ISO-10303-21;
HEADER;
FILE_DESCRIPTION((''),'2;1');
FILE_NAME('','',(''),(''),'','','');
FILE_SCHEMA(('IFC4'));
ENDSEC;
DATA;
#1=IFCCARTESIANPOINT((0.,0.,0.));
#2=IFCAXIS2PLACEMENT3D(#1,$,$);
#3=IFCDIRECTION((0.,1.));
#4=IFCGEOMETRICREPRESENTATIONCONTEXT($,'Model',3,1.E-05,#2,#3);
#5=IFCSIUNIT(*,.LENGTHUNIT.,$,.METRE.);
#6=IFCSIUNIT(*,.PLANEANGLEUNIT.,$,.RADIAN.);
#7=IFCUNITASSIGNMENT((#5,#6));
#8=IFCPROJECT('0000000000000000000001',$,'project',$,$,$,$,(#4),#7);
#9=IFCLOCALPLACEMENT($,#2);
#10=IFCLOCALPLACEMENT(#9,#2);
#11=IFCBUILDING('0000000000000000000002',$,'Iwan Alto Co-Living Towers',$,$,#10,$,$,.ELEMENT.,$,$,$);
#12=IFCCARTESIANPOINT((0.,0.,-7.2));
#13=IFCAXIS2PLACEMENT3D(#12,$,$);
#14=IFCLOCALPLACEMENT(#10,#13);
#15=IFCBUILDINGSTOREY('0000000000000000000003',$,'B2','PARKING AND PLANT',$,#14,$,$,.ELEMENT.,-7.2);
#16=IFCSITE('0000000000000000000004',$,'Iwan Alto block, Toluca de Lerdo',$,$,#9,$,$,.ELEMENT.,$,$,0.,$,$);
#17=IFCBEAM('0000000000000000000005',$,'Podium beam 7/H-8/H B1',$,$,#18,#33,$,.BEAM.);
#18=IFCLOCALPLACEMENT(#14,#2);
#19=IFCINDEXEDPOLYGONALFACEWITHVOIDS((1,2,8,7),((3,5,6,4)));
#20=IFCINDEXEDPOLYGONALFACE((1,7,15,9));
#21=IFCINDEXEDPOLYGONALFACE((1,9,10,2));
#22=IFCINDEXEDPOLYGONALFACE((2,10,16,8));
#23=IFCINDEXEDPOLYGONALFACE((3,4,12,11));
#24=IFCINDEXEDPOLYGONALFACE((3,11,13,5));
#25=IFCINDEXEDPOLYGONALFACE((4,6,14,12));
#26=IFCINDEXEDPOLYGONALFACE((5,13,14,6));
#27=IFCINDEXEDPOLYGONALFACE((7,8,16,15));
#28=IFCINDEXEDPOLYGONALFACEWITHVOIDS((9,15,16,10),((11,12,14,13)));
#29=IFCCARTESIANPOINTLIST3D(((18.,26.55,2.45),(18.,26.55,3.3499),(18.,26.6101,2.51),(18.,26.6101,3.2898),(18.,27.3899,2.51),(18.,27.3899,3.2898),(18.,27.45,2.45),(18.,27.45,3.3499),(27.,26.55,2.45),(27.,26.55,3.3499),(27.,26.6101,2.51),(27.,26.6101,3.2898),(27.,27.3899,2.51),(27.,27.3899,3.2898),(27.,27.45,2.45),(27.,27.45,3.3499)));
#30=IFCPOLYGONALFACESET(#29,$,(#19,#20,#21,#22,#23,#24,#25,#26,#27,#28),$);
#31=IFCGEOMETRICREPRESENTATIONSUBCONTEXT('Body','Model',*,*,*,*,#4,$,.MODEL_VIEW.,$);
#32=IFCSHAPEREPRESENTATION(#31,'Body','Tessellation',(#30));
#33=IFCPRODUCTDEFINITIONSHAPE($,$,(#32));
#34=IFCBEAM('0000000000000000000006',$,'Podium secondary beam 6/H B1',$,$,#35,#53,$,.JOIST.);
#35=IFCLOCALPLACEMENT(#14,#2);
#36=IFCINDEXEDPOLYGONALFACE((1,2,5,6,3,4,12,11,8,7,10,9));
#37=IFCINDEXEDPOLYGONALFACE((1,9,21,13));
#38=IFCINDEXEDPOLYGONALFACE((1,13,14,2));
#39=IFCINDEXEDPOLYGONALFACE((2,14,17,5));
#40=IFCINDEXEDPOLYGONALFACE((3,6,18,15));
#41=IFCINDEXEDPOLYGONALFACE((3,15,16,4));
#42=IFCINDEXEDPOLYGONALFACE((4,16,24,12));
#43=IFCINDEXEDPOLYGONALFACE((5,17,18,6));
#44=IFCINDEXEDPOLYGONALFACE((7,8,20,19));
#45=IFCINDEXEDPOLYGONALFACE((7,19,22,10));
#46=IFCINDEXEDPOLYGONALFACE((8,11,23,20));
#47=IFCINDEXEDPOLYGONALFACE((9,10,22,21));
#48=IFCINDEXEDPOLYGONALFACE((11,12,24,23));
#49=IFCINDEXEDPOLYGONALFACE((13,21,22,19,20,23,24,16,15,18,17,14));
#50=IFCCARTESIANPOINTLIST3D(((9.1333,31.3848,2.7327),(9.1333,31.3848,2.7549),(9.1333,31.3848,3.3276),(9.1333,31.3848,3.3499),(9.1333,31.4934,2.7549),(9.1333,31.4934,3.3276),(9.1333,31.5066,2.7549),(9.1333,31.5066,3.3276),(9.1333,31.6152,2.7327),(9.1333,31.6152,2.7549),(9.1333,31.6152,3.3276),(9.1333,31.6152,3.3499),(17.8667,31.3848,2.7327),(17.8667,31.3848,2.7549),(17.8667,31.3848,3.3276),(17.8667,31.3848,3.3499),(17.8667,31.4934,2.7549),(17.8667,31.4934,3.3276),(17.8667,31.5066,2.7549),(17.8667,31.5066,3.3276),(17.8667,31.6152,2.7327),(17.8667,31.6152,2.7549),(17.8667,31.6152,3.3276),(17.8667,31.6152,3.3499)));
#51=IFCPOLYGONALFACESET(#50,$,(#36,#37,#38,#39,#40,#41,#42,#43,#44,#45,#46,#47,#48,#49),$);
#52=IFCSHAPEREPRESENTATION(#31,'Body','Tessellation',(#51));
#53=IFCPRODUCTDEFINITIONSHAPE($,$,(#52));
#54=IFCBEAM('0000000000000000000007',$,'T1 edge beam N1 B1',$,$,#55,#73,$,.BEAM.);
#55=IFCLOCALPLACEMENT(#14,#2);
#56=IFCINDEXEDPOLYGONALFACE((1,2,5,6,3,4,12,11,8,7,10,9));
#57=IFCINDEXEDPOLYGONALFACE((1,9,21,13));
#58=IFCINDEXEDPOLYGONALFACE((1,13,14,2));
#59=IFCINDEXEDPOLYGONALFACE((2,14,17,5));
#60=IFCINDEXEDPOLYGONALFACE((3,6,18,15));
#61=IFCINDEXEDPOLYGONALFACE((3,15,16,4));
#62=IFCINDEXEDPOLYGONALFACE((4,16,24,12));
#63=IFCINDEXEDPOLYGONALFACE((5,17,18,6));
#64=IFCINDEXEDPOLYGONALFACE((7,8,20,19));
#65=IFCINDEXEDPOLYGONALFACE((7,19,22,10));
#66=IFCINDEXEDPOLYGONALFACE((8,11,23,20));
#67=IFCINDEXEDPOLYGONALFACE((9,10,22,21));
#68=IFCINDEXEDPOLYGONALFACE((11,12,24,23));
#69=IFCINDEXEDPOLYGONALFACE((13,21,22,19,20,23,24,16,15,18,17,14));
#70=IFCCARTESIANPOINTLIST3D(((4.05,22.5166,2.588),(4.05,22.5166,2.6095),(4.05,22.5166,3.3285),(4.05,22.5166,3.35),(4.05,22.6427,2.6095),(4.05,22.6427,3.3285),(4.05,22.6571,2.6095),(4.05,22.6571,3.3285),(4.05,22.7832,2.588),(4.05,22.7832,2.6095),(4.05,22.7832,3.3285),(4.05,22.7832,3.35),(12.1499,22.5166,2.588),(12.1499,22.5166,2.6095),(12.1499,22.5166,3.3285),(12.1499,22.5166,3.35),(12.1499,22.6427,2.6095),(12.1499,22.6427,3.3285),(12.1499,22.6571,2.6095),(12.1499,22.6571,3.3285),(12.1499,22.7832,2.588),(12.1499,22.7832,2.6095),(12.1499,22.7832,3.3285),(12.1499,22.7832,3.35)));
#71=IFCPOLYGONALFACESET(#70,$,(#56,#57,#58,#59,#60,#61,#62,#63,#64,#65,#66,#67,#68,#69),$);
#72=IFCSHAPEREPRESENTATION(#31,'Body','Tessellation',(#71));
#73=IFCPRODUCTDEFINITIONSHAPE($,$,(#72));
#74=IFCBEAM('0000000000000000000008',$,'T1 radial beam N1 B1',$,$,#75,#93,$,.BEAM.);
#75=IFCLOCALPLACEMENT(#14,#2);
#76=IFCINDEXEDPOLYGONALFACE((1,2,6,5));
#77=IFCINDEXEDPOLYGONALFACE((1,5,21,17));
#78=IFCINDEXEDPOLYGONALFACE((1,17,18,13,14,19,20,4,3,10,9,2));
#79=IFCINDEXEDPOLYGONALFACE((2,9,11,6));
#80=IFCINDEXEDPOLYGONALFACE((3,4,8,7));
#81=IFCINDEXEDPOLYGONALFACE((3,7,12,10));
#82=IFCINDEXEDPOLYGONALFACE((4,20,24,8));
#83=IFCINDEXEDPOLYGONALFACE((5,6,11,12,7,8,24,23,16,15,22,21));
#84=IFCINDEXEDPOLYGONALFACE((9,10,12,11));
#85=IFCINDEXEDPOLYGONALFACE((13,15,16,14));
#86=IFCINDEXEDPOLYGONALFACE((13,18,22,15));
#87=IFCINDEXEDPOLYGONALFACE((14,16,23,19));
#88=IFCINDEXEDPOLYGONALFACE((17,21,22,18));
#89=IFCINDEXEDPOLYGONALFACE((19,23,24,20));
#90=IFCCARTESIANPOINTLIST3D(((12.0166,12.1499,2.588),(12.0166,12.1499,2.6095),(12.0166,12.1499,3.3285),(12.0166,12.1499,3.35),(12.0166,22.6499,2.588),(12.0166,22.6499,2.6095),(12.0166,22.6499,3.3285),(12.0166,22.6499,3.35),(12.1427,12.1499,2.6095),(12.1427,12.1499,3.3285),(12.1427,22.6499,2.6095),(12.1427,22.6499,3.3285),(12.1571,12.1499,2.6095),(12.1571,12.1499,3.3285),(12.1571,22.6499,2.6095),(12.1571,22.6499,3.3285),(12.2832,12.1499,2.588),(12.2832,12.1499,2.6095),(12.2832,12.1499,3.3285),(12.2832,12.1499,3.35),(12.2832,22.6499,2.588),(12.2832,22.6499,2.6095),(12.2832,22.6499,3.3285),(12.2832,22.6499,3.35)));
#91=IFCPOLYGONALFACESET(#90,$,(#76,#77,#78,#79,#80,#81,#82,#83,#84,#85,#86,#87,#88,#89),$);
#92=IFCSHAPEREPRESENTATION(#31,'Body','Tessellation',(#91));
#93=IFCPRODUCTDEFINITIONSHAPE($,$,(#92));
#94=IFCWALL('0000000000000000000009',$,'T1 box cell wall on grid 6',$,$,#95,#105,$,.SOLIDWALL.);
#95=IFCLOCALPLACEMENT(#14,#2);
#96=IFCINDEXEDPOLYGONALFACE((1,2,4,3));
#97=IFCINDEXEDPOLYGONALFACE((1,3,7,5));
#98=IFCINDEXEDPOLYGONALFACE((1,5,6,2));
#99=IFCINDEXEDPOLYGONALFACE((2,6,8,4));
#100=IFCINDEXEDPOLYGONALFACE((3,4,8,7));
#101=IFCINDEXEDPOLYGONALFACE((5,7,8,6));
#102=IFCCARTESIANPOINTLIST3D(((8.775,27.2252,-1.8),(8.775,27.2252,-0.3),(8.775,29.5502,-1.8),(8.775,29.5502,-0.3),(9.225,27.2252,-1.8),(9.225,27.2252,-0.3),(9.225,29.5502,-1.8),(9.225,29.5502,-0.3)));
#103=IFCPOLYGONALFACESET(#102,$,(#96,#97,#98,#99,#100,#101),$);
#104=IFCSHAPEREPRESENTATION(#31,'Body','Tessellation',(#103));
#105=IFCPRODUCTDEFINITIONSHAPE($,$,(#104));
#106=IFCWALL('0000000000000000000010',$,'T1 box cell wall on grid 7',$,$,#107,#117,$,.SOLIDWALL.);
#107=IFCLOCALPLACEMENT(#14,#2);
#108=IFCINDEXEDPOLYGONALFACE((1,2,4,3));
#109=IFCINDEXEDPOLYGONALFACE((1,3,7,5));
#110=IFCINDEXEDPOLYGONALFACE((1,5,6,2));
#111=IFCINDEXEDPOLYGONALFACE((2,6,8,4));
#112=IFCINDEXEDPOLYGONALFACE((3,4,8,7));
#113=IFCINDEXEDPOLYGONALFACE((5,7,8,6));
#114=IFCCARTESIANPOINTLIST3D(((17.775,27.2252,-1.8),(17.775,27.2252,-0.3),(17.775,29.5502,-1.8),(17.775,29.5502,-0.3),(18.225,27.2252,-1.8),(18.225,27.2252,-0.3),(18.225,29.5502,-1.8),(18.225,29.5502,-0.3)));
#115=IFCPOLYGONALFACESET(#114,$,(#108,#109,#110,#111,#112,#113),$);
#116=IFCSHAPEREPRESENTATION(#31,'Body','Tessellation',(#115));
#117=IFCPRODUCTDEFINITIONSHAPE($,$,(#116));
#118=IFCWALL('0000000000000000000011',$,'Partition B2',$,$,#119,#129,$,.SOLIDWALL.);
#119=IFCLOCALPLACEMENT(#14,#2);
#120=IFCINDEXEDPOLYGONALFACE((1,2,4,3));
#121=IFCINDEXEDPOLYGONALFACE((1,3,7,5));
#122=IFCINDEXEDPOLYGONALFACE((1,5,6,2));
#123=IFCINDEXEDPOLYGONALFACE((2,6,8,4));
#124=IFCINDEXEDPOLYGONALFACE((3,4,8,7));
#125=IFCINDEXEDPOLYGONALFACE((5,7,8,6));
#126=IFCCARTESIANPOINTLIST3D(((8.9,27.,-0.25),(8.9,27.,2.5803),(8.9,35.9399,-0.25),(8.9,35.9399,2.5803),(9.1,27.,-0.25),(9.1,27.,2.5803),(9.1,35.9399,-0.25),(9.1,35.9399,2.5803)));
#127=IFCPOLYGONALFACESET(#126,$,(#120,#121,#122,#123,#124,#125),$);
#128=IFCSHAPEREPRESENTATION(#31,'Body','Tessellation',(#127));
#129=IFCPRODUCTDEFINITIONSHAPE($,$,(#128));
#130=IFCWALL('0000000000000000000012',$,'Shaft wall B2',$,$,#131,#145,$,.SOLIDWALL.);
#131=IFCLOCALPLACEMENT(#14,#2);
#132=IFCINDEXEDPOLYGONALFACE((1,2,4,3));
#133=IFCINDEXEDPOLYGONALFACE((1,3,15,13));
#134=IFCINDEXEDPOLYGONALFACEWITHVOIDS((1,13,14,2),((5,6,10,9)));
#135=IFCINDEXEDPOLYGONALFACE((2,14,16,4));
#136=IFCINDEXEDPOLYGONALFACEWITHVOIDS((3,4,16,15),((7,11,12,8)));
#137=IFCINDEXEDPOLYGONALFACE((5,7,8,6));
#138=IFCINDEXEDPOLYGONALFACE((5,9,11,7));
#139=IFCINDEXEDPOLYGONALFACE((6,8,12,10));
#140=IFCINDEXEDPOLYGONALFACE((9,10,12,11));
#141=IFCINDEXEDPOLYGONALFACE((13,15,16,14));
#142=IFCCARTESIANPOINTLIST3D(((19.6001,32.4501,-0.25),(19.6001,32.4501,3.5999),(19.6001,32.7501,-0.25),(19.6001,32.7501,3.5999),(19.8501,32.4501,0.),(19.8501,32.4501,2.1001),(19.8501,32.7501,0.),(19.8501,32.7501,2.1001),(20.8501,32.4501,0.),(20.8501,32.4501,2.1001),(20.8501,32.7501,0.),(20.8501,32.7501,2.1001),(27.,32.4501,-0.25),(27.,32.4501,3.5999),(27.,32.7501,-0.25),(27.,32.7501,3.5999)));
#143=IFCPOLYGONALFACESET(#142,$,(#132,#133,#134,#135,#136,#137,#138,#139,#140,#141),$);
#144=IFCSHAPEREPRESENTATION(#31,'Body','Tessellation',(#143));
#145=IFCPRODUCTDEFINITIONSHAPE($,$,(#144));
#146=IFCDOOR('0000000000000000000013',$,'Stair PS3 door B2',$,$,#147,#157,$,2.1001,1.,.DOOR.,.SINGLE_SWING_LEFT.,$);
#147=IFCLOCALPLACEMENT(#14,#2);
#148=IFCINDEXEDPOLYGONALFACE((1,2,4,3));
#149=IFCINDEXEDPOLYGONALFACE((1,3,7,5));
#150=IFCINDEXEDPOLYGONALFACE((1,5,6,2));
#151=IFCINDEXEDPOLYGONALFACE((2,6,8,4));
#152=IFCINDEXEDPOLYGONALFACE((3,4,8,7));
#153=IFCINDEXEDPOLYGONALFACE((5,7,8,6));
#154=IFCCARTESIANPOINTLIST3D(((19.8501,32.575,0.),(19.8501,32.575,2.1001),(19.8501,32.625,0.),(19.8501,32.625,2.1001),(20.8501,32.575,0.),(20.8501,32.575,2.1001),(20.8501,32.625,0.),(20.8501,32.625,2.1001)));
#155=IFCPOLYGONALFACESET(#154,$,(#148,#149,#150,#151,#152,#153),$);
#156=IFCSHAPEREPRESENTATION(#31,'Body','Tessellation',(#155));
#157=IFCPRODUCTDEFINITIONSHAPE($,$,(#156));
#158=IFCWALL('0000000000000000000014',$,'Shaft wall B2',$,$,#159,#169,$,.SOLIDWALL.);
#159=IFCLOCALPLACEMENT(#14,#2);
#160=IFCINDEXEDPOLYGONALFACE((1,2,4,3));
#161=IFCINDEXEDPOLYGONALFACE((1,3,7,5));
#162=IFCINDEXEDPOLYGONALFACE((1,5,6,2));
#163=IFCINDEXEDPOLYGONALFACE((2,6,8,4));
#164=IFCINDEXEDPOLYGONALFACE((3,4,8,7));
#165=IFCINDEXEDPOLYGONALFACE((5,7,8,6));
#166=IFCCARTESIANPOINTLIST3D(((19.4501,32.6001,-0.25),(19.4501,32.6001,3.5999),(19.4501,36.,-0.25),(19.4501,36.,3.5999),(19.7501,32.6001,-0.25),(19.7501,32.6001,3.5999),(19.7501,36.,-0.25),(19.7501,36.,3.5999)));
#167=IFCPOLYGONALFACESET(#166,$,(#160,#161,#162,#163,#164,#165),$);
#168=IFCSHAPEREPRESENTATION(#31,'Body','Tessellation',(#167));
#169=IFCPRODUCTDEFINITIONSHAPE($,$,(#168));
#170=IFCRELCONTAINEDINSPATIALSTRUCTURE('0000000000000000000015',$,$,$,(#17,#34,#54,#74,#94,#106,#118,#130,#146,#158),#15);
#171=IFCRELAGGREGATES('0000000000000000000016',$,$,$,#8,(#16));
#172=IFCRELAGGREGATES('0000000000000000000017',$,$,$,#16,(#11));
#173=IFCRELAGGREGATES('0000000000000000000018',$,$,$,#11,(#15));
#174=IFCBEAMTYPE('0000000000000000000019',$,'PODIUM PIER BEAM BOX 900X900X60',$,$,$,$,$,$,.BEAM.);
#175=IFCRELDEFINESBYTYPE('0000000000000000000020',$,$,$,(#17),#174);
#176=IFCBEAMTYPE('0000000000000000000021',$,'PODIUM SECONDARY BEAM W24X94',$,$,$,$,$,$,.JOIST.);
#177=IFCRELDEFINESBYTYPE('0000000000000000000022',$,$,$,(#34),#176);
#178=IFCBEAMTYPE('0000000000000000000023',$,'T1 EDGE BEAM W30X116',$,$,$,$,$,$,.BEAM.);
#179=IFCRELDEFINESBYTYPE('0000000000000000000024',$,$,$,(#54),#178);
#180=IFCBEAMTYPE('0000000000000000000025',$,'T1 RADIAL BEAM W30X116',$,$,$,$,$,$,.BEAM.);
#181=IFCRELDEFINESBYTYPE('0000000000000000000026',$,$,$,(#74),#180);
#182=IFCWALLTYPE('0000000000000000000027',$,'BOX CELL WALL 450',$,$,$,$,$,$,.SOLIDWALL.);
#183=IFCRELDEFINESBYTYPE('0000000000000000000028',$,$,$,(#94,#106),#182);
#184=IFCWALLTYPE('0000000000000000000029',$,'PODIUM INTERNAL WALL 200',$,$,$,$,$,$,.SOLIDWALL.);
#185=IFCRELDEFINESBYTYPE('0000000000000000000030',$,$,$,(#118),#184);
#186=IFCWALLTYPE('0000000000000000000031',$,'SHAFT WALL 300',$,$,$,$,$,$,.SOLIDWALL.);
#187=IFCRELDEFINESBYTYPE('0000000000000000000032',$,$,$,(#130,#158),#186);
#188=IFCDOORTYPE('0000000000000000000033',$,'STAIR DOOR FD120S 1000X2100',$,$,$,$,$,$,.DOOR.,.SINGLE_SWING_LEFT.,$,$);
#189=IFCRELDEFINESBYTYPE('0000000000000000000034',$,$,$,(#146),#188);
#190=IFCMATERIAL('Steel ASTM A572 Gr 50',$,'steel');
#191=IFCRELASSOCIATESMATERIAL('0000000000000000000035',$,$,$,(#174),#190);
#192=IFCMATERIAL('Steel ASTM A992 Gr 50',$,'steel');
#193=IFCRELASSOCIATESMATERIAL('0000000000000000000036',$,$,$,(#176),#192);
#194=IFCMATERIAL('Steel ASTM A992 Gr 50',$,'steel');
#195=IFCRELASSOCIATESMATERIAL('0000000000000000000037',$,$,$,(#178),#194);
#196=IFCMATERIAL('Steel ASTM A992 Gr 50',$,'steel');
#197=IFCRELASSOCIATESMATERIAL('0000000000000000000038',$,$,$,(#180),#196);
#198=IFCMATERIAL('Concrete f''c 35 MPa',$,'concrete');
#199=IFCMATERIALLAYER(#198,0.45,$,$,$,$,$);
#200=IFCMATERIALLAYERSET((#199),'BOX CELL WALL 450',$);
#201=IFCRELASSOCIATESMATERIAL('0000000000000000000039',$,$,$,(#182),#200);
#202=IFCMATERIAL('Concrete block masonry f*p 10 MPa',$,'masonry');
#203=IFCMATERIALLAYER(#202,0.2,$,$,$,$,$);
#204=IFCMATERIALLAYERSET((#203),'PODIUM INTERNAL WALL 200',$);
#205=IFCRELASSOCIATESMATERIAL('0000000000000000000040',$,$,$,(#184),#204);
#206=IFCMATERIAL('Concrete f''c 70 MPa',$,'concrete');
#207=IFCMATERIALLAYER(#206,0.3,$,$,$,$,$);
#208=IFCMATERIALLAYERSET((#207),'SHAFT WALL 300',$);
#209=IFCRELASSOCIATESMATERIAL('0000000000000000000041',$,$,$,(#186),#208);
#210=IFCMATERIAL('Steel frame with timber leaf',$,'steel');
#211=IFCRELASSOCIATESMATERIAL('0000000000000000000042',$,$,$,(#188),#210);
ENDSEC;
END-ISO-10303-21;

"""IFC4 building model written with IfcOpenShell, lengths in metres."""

from ifc_helpers import new_model, si_unit, direction, frame, frame_2d, origin, origin_2d, place, context, subcontext, project, spatial, rectangle, hollow_rectangle, i_section, extrude, material, layer, layer_set, material_profile, profile_set, type_object, element, fill, save


model = new_model("IFC4")

# Units and contexts
model_context = context("Model", 3, precision=1e-05, world=origin(), true_north=direction((0.0, 1.0)))
body_context = subcontext(model_context, "Body", "Model", "MODEL_VIEW")
ifc_project = project(units=[si_unit("LENGTHUNIT", "METRE"), si_unit("PLANEANGLEUNIT", "RADIAN")], contexts=[model_context])

# Site, building, storey
site_placement = place(None, origin())
site = spatial("IfcSite", under=ifc_project, at=site_placement, Name="Iwan Alto block, Toluca de Lerdo", CompositionType="ELEMENT", RefElevation=0.0)
building_placement = place(site_placement, origin())
building = spatial("IfcBuilding", under=site, at=building_placement, Name="Iwan Alto Co-Living Towers", CompositionType="ELEMENT")
storey_placement = place(building_placement, frame((0.0, 0.0, -7.2)))
storey = spatial("IfcBuildingStorey", under=building, at=storey_placement, Name="B2", Description="PARKING AND PLANT", CompositionType="ELEMENT", Elevation=-7.2)

# Beams
ifc_material_1 = material(Name="Steel ASTM A572 Gr 50", Category="steel")
ifc_material_profile_1 = material_profile(ifc_material_1, hollow_rectangle(XDim=0.8999, YDim=0.8999, WallThickness=0.0601, at=origin_2d()), Name="BOX 900X900X60")
ifc_profile_set_1 = profile_set([ifc_material_profile_1], Name="Steel ASTM A572 Gr 50")
beam_type_1 = type_object("IfcBeamType", Name="PODIUM PIER BEAM BOX 900X900X60", PredefinedType="BEAM", material=ifc_profile_set_1)
beam_1_placement = place(storey_placement, frame((18.0, 27.0, 2.8999), z_axis=(1.0, 0.0, 0.0), x_axis=(0.0, 1.0, 0.0)))
element("IfcBeam", 1, at=beam_1_placement, inside=storey, type_object=beam_type_1, Name="Podium beam 7/H-8/H B1", PredefinedType="BEAM", context=body_context, shape_type="SweptSolid", body=[
    extrude(hollow_rectangle(XDim=0.8999, YDim=0.8999, WallThickness=0.0601, at=origin_2d()), origin(), (0.0, 0.0, 1.0), 9.0),
])
ifc_material_2 = material(Name="Steel ASTM A992 Gr 50", Category="steel")
ifc_material_profile_2 = material_profile(ifc_material_2, i_section(OverallWidth=0.2305, OverallDepth=0.6172, WebThickness=0.0132, FlangeThickness=0.0222, at=origin_2d()), Name="W24X94")
ifc_profile_set_2 = profile_set([ifc_material_profile_2], Name="Steel ASTM A992 Gr 50")
beam_type_2 = type_object("IfcBeamType", Name="PODIUM SECONDARY BEAM W24X94", PredefinedType="JOIST", material=ifc_profile_set_2)
beam_2_placement = place(storey_placement, frame((9.1333, 31.5, 3.0413), z_axis=(1.0, 0.0, 0.0), x_axis=(0.0, 1.0, 0.0)))
element("IfcBeam", 2, at=beam_2_placement, inside=storey, type_object=beam_type_2, Name="Podium secondary beam 6/H B1", PredefinedType="JOIST", context=body_context, shape_type="SweptSolid", body=[
    extrude(i_section(OverallWidth=0.2305, OverallDepth=0.6172, WebThickness=0.0132, FlangeThickness=0.0222, at=origin_2d()), origin(), (0.0, 0.0, 1.0), 8.7334),
])
ifc_material_3 = material(Name="Steel ASTM A992 Gr 50", Category="steel")
ifc_material_profile_3 = material_profile(ifc_material_3, i_section(OverallWidth=0.2666, OverallDepth=0.762, WebThickness=0.0144, FlangeThickness=0.0215, at=origin_2d()), Name="W30X116")
ifc_profile_set_3 = profile_set([ifc_material_profile_3], Name="Steel ASTM A992 Gr 50")
beam_type_3 = type_object("IfcBeamType", Name="T1 EDGE BEAM W30X116", PredefinedType="BEAM", material=ifc_profile_set_3)
beam_3_placement = place(storey_placement, frame((12.1499, 22.6499, 2.969), z_axis=(-1.0, 0.0, 0.0), x_axis=(0.0, -1.0, 0.0)))
element("IfcBeam", 3, at=beam_3_placement, inside=storey, type_object=beam_type_3, Name="T1 edge beam N1 B1", PredefinedType="BEAM", context=body_context, shape_type="SweptSolid", body=[
    extrude(i_section(OverallWidth=0.2666, OverallDepth=0.762, WebThickness=0.0144, FlangeThickness=0.0215, at=origin_2d()), origin(), (0.0, 0.0, 1.0), 8.0999),
])
ifc_material_4 = material(Name="Steel ASTM A992 Gr 50", Category="steel")
ifc_material_profile_4 = material_profile(ifc_material_4, i_section(OverallWidth=0.2666, OverallDepth=0.762, WebThickness=0.0144, FlangeThickness=0.0215, at=origin_2d()), Name="W30X116")
ifc_profile_set_4 = profile_set([ifc_material_profile_4], Name="Steel ASTM A992 Gr 50")
beam_type_4 = type_object("IfcBeamType", Name="T1 RADIAL BEAM W30X116", PredefinedType="BEAM", material=ifc_profile_set_4)
beam_4_placement = place(storey_placement, frame((12.1499, 22.6499, 2.969), z_axis=(0.0, -1.0, 0.0), x_axis=(1.0, 0.0, 0.0)))
element("IfcBeam", 4, at=beam_4_placement, inside=storey, type_object=beam_type_4, Name="T1 radial beam N1 B1", PredefinedType="BEAM", context=body_context, shape_type="SweptSolid", body=[
    extrude(i_section(OverallWidth=0.2666, OverallDepth=0.762, WebThickness=0.0144, FlangeThickness=0.0215, at=origin_2d()), origin(), (0.0, 0.0, 1.0), 10.5),
])

# Walls
ifc_material_5 = material(Name="Concrete f'c 35 MPa", Category="concrete")
ifc_layer_1 = layer(ifc_material_5, 0.45)
ifc_layer_set_1 = layer_set([ifc_layer_1], Name="BOX CELL WALL 450")
wall_type_1 = type_object("IfcWallType", Name="BOX CELL WALL 450", PredefinedType="SOLIDWALL", material=ifc_layer_set_1)
for number, where, z_axis, x_axis, name in (
    (5, (9.0, 27.2251, -1.8), (0.0, 0.0, 1.0), (0.0, 1.0, 0.0), "T1 box cell wall on grid 6"),
    (6, (18.0, 27.2251, -1.8), (0.0, 0.0, 1.0), (0.0, 1.0, 0.0), "T1 box cell wall on grid 7"),
):
    element("IfcWall", number, at=place(storey_placement, frame(where, z_axis=z_axis, x_axis=x_axis)), inside=storey, type_object=wall_type_1, Name=name, PredefinedType="SOLIDWALL", context=body_context, shape_type="SweptSolid", body=[
        extrude(rectangle(XDim=2.325, YDim=0.45, at=frame_2d((1.1626, 0.0))), origin(), (0.0, 0.0, 1.0), 1.5),
    ])
ifc_material_6 = material(Name="Concrete block masonry f*p 10 MPa", Category="masonry")
ifc_layer_2 = layer(ifc_material_6, 0.2)
ifc_layer_set_2 = layer_set([ifc_layer_2], Name="PODIUM INTERNAL WALL 200")
wall_type_2 = type_object("IfcWallType", Name="PODIUM INTERNAL WALL 200", PredefinedType="SOLIDWALL", material=ifc_layer_set_2)
wall_1_placement = place(storey_placement, frame((9.0, 27.0, -0.25), z_axis=(0.0, 0.0, 1.0), x_axis=(0.0, 1.0, 0.0)))
element("IfcWall", 7, at=wall_1_placement, inside=storey, type_object=wall_type_2, Name="Partition B2", PredefinedType="SOLIDWALL", context=body_context, shape_type="SweptSolid", body=[
    extrude(rectangle(XDim=8.9399, YDim=0.2, at=frame_2d((4.47, 0.0))), origin(), (0.0, 0.0, 1.0), 2.8303),
])

# Wall, opening, door
ifc_material_7 = material(Name="Concrete f'c 70 MPa", Category="concrete")
ifc_layer_3 = layer(ifc_material_7, 0.3)
ifc_layer_set_3 = layer_set([ifc_layer_3], Name="SHAFT WALL 300")
wall_type_3 = type_object("IfcWallType", Name="SHAFT WALL 300", PredefinedType="SOLIDWALL", material=ifc_layer_set_3)
wall_2_placement = place(storey_placement, frame((19.6001, 32.6001, -0.25), z_axis=(0.0, 0.0, 1.0), x_axis=(1.0, 0.0, 0.0)))
wall_2 = element("IfcWall", 8, at=wall_2_placement, inside=storey, type_object=wall_type_3, Name="Shaft wall B2", PredefinedType="SOLIDWALL", context=body_context, shape_type="SweptSolid", body=[
    extrude(rectangle(XDim=7.3999, YDim=0.3, at=frame_2d((3.7, 0.0))), origin(), (0.0, 0.0, 1.0), 3.8499),
])
opening_placement = place(wall_2_placement, frame((0.25, 0.0, 0.25)))
opening = element("IfcOpeningElement", 9, at=opening_placement, cuts=wall_2, PredefinedType="OPENING", context=body_context, shape_type="SweptSolid", body=[
    extrude(rectangle(XDim=1.0, YDim=2.1001, at=frame_2d((0.5, 1.05))), frame((0.0, 0.1599, 0.0), z_axis=(0.0, -1.0, 0.0), x_axis=(1.0, 0.0, 0.0)), (0.0, 0.0, 1.0), 0.3201),
])
ifc_material_8 = material(Name="Steel frame with timber leaf", Category="steel")
door_type = type_object("IfcDoorType", Name="STAIR DOOR FD120S 1000X2100", OperationType="SINGLE_SWING_LEFT", PredefinedType="DOOR", material=ifc_material_8)
door_placement = place(opening_placement, origin())
door = element("IfcDoor", 10, at=door_placement, inside=storey, type_object=door_type, Name="Stair PS3 door B2", OperationType="SINGLE_SWING_LEFT", OverallHeight=2.1001, OverallWidth=1.0, PredefinedType="DOOR", context=body_context, shape_type="SweptSolid", body=[
    extrude(rectangle(XDim=1.0, YDim=2.1001, at=frame_2d((0.5, 1.05))), frame((0.0, 0.0249, 0.0), z_axis=(0.0, -1.0, 0.0), x_axis=(1.0, 0.0, 0.0)), (0.0, 0.0, 1.0), 0.05),
])
fill(opening, door)

# Wall
wall_3_placement = place(storey_placement, frame((19.6001, 32.6001, -0.25), z_axis=(0.0, 0.0, 1.0), x_axis=(0.0, 1.0, 0.0)))
element("IfcWall", 11, at=wall_3_placement, inside=storey, type_object=wall_type_3, Name="Shaft wall B2", PredefinedType="SOLIDWALL", context=body_context, shape_type="SweptSolid", body=[
    extrude(rectangle(XDim=3.3999, YDim=0.3, at=frame_2d((1.7, 0.0))), origin(), (0.0, 0.0, 1.0), 3.8499),
])

save(model, "model.ifc")
